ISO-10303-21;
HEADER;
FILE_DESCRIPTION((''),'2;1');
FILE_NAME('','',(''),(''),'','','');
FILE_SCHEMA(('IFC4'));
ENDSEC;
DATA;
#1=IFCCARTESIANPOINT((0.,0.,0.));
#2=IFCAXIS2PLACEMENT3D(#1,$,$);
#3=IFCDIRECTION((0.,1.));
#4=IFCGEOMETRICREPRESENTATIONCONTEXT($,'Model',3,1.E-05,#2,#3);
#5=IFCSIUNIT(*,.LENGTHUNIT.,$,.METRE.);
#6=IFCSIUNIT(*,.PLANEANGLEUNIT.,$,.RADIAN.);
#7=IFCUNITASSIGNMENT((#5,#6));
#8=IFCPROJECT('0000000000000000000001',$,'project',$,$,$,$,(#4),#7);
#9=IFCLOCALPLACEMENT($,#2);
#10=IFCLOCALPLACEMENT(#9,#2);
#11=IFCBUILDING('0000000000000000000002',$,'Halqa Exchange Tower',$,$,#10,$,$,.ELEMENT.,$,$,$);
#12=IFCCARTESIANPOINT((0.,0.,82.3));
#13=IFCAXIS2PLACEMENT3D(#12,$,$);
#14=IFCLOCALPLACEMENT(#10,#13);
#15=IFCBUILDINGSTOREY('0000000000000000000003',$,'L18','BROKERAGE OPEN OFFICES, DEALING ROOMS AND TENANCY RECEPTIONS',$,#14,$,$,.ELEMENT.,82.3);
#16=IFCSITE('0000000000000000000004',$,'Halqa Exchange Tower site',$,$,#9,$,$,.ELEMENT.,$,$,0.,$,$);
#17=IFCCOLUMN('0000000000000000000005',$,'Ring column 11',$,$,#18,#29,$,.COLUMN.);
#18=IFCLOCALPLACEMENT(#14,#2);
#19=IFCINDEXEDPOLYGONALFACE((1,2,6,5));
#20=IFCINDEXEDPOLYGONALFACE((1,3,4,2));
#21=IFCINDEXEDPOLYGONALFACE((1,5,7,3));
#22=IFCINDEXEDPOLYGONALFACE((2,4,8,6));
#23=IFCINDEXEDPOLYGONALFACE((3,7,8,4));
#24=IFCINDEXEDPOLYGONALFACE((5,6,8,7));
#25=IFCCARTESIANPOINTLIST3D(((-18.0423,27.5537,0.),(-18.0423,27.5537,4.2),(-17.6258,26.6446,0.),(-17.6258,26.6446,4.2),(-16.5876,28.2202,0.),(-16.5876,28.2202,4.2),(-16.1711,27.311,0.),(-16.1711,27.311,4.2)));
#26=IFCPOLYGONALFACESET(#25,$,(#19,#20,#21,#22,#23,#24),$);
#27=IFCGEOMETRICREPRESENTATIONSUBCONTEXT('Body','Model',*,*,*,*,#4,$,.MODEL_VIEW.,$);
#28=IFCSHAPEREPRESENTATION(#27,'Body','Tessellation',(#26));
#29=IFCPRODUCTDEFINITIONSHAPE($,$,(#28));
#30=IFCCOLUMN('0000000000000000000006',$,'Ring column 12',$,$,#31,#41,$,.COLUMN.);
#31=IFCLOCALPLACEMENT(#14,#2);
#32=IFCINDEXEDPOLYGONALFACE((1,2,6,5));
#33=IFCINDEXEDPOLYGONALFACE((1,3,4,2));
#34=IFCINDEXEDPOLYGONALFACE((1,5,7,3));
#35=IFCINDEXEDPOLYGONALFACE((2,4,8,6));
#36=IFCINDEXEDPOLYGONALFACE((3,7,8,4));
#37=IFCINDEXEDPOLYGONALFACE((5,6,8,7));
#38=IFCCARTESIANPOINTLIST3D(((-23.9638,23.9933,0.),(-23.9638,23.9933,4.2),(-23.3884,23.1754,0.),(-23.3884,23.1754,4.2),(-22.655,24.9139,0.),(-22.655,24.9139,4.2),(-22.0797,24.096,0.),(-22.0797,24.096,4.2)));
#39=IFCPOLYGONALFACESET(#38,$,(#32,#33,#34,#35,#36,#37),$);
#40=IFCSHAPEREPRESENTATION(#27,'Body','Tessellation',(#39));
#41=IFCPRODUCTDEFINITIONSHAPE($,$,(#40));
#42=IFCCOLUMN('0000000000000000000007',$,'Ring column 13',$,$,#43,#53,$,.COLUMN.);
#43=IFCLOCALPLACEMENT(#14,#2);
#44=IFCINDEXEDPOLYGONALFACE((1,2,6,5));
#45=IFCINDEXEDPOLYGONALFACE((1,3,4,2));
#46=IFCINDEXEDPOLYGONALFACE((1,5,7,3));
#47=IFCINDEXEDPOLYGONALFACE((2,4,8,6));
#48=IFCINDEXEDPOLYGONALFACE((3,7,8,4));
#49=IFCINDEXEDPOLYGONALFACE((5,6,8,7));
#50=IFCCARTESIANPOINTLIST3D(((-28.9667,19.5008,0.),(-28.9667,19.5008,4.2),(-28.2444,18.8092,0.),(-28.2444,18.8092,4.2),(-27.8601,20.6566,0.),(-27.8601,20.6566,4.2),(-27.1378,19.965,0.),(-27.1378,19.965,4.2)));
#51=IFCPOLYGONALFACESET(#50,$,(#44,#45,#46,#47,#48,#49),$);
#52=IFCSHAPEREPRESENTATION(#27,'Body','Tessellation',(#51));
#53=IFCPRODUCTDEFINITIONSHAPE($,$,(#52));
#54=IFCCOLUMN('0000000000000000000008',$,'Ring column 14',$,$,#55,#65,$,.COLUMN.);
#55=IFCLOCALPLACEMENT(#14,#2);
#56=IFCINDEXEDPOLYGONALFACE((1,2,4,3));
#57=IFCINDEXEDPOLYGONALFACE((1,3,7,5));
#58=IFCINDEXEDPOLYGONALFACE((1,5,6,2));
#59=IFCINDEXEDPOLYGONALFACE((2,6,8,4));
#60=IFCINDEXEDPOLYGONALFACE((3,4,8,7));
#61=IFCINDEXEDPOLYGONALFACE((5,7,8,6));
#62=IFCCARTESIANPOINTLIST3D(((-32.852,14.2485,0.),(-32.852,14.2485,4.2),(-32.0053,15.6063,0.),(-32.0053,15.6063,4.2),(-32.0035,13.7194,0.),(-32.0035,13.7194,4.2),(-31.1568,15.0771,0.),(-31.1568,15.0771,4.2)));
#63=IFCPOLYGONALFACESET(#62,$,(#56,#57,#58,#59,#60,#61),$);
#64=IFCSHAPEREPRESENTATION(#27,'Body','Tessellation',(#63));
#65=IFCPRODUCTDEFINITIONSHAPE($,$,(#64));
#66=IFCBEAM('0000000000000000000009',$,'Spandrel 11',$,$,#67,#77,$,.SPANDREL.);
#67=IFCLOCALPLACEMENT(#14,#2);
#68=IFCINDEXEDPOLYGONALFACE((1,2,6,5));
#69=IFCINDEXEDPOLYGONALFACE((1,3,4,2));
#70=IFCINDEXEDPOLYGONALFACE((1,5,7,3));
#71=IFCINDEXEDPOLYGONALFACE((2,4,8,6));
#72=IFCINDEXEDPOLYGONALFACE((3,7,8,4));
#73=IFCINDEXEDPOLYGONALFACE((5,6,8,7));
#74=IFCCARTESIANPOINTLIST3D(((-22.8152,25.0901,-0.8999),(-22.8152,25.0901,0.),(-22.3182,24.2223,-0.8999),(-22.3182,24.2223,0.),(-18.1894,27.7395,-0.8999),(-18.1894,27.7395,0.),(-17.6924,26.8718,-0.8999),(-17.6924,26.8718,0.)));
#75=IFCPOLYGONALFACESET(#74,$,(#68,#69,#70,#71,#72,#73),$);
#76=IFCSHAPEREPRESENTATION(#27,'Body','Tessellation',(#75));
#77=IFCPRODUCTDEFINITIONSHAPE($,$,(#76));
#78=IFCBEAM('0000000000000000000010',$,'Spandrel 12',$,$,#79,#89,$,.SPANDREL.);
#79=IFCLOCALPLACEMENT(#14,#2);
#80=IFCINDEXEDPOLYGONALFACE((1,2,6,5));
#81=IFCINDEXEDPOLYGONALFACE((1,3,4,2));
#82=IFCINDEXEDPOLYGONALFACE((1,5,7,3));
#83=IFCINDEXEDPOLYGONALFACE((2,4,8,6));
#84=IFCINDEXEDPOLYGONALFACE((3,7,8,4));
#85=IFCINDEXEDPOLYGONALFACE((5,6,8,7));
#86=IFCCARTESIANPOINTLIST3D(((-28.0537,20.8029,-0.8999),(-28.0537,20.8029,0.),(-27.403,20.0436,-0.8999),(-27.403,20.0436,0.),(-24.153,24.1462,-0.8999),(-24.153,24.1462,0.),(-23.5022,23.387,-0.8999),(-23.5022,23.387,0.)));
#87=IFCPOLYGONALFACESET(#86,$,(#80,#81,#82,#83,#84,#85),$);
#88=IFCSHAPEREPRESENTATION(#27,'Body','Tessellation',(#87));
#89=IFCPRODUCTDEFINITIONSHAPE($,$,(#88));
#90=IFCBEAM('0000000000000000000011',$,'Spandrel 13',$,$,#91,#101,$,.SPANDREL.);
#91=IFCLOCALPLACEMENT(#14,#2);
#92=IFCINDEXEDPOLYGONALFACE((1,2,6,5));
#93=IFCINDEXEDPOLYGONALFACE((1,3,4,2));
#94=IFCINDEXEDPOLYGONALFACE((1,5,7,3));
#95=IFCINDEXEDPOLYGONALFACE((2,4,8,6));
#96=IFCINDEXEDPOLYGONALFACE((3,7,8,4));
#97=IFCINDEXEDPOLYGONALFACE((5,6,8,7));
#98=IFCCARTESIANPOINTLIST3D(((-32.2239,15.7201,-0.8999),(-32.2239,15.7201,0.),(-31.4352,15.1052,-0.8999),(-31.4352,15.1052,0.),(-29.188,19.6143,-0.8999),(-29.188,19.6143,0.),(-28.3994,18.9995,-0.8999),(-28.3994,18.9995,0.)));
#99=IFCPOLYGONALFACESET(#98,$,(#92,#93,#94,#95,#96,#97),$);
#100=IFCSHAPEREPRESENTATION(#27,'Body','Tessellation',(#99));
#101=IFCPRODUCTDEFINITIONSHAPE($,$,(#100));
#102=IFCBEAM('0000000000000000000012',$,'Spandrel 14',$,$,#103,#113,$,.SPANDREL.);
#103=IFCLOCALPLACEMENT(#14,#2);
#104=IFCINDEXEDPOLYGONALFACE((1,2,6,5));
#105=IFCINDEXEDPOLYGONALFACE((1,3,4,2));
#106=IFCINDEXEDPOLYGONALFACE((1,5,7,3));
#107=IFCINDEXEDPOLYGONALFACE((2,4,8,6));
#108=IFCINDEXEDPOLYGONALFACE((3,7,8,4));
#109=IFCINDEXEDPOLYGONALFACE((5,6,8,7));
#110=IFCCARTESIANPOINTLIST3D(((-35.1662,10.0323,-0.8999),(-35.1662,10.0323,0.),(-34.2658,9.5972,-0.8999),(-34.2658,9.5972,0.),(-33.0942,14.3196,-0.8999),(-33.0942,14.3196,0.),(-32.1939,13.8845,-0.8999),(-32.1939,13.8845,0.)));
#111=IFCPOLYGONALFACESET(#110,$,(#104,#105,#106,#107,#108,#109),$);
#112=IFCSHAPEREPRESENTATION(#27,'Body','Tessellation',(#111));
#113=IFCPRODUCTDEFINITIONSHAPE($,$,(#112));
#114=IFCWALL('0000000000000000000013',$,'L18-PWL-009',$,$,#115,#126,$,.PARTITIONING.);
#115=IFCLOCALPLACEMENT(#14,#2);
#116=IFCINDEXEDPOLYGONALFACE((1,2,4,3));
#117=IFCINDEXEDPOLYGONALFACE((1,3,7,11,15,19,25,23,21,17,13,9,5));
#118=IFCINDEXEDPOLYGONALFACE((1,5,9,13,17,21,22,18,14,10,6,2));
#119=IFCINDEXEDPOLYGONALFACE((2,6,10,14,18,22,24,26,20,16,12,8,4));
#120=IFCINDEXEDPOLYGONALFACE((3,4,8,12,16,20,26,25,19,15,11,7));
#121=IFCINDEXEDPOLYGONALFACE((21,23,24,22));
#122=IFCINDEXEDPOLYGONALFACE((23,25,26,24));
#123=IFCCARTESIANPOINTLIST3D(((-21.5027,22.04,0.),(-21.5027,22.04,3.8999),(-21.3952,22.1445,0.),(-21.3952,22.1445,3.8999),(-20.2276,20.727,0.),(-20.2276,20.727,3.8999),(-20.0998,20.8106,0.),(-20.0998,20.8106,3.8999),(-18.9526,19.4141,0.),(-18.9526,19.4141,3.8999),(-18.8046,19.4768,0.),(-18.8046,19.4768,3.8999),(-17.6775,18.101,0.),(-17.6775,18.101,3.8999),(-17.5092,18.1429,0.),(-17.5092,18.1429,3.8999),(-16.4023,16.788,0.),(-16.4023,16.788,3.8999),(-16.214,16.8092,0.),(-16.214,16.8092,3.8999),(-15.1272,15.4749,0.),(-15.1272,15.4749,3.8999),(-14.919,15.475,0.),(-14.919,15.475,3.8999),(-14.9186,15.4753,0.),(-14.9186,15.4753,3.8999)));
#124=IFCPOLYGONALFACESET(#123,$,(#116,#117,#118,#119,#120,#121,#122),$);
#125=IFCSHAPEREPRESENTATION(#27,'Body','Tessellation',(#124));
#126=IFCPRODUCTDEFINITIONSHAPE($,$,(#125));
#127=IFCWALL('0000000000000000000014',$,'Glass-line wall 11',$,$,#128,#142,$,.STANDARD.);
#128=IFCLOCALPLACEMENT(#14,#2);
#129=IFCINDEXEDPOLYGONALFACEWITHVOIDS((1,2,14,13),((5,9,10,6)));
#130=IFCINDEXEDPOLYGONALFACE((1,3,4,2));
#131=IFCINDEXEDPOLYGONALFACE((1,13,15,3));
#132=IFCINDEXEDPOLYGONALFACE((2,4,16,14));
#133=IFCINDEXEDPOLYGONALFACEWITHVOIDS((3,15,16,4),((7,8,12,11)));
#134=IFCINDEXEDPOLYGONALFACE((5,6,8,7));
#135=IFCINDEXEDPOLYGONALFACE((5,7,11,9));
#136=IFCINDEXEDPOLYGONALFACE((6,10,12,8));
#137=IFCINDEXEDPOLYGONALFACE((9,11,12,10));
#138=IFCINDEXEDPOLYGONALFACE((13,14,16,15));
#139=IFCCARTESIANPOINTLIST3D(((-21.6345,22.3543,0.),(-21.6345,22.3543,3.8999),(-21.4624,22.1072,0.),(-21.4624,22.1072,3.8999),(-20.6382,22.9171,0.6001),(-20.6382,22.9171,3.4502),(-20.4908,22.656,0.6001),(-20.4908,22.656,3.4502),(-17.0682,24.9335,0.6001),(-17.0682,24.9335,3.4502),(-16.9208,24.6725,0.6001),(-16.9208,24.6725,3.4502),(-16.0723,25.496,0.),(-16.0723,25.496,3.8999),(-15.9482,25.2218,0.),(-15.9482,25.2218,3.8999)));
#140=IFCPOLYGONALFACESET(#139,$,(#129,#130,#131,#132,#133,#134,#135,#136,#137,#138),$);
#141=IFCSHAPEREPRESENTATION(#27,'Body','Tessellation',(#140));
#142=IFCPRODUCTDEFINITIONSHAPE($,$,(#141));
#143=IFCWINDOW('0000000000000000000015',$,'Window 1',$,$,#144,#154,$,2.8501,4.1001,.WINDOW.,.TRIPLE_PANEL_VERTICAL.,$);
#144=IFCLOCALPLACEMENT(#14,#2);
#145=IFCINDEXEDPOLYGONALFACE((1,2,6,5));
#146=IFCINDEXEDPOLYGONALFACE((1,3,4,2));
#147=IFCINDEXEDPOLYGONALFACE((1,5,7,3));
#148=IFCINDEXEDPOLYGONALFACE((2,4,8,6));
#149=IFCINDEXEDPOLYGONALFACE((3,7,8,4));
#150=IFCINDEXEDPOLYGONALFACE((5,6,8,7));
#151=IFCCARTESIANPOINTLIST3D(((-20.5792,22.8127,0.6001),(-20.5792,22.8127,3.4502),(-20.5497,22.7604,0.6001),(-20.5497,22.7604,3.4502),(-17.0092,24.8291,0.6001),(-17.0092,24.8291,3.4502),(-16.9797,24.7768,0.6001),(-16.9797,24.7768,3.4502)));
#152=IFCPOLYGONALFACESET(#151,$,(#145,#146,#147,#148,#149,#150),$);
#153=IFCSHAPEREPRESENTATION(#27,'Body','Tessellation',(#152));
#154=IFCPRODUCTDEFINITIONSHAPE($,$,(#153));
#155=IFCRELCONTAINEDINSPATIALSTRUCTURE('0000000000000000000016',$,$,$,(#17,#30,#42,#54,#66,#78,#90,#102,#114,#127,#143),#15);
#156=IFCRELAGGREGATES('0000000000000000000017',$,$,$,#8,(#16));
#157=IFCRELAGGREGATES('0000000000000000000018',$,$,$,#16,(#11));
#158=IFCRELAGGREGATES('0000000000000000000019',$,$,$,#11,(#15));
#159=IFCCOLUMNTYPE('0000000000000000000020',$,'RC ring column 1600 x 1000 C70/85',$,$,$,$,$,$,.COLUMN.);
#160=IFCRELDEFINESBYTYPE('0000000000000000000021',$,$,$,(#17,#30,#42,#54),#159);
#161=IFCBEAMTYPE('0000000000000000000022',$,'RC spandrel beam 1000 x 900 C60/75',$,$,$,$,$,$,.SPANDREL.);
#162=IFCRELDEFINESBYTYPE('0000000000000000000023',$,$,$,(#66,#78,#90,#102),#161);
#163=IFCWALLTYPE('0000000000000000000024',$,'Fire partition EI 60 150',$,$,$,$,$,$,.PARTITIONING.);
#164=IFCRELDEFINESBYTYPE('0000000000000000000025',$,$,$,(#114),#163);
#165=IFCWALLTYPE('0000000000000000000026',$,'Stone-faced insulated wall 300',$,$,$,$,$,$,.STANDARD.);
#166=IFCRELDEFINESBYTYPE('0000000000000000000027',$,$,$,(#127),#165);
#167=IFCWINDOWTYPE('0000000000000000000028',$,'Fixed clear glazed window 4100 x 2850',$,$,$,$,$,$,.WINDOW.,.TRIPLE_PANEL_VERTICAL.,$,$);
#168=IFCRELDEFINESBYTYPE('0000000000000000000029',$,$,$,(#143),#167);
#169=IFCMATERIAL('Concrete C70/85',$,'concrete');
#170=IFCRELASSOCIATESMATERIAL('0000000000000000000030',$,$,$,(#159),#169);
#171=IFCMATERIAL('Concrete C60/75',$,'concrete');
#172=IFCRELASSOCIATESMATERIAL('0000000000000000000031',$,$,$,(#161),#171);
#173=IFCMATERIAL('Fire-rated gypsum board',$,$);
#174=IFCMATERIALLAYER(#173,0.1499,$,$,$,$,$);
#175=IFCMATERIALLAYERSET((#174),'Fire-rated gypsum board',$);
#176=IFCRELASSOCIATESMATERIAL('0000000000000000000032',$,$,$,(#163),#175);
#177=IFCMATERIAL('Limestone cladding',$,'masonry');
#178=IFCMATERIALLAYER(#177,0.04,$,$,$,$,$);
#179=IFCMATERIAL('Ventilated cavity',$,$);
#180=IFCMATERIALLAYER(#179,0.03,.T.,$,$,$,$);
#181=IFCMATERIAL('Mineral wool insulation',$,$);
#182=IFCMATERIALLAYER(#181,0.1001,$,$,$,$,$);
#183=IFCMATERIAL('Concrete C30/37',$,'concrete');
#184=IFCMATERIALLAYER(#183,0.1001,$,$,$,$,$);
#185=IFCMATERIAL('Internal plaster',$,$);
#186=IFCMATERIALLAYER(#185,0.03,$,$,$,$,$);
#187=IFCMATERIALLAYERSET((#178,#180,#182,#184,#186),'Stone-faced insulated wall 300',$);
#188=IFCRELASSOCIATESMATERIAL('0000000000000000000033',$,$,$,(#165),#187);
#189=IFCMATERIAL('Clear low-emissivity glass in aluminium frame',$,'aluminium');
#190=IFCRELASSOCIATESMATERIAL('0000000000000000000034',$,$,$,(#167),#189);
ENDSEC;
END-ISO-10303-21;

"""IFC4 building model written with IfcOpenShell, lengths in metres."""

from ifc_helpers import new_model, si_unit, direction, frame, frame_2d, origin, origin_2d, place, context, subcontext, project, spatial, polyline, rectangle, outline, extrude, material, layer, layer_set, material_profile, profile_set, type_object, element, fill, save


model = new_model("IFC4")

# Units and contexts
model_context = context("Model", 3, precision=1e-05, world=origin(), true_north=direction((0.0, 1.0)))
body_context = subcontext(model_context, "Body", "Model", "MODEL_VIEW")
ifc_project = project(units=[si_unit("LENGTHUNIT", "METRE"), si_unit("PLANEANGLEUNIT", "RADIAN")], contexts=[model_context])

# Site, building, storey
site_placement = place(None, origin())
site = spatial("IfcSite", under=ifc_project, at=site_placement, Name="Halqa Exchange Tower site", CompositionType="ELEMENT", RefElevation=0.0)
building_placement = place(site_placement, origin())
building = spatial("IfcBuilding", under=site, at=building_placement, Name="Halqa Exchange Tower", CompositionType="ELEMENT")
storey_placement = place(building_placement, frame((0.0, 0.0, 82.3)))
storey = spatial("IfcBuildingStorey", under=building, at=storey_placement, Name="L18", Description="BROKERAGE OPEN OFFICES, DEALING ROOMS AND TENANCY RECEPTIONS", CompositionType="ELEMENT", Elevation=82.3)

# Columns
ifc_material_1 = material(Name="Concrete C70/85", Category="concrete")
ifc_material_profile_1 = material_profile(ifc_material_1, rectangle(XDim=1.6001, YDim=1.0, at=origin_2d()), Name="1600 x 1000")
ifc_profile_set_1 = profile_set([ifc_material_profile_1], Name="Concrete C70/85")
column_type = type_object("IfcColumnType", Name="RC ring column 1600 x 1000 C70/85", PredefinedType="COLUMN", material=ifc_profile_set_1)
for number, where, z_axis, x_axis, name in (
    (1, (-17.1067, 27.4324, 0.0), (0.0, 0.0, 1.0), (-0.909126, -0.41652, 0.0), "Ring column 11"),
    (2, (-23.0217, 24.0447, 0.0), (0.0, 0.0, 1.0), (-0.817909, -0.575348, 0.0), "Ring column 12"),
    (3, (-28.0522, 19.7329, 0.0), (0.0, 0.0, 1.0), (-0.691576, -0.722304, 0.0), "Ring column 13"),
    (4, (-32.0044, 14.6628, 0.0), (0.0, 0.0, 1.0), (-0.52914, -0.848534, 0.0), "Ring column 14"),
):
    element("IfcColumn", number, at=place(storey_placement, frame(where, z_axis=z_axis, x_axis=x_axis)), inside=storey, type_object=column_type, Name=name, PredefinedType="COLUMN", context=body_context, shape_type="SweptSolid", body=[
        extrude(rectangle(XDim=1.6001, YDim=1.0, at=origin_2d()), origin(), (0.0, 0.0, 1.0), 4.2),
    ])

# Beams
ifc_material_2 = material(Name="Concrete C60/75", Category="concrete")
ifc_material_profile_2 = material_profile(ifc_material_2, rectangle(XDim=1.0, YDim=0.8999, at=origin_2d()), Name="1000 x 900")
ifc_profile_set_2 = profile_set([ifc_material_profile_2], Name="Concrete C60/75")
beam_type = type_object("IfcBeamType", Name="RC spandrel beam 1000 x 900 C60/75", PredefinedType="SPANDREL", material=ifc_profile_set_2)
beam_1_placement = place(storey_placement, frame((-17.9409, 27.3057, -0.45), z_axis=(-0.867747, -0.497007, 0.0), x_axis=(0.497007, -0.867747, 0.0)))
element("IfcBeam", 5, at=beam_1_placement, inside=storey, type_object=beam_type, Name="Spandrel 11", PredefinedType="SPANDREL", context=body_context, shape_type="SweptSolid", body=[
    extrude(rectangle(XDim=1.0, YDim=0.8999, at=origin_2d()), origin(), (0.0, 0.0, 1.0), 5.3308),
])
beam_2_placement = place(storey_placement, frame((-23.8276, 23.7666, -0.45), z_axis=(-0.75927, -0.650776, 0.0), x_axis=(0.650776, -0.75927, 0.0)))
element("IfcBeam", 6, at=beam_2_placement, inside=storey, type_object=beam_type, Name="Spandrel 12", PredefinedType="SPANDREL", context=body_context, shape_type="SweptSolid", body=[
    extrude(rectangle(XDim=1.0, YDim=0.8999, at=origin_2d()), origin(), (0.0, 0.0, 1.0), 5.1375),
])
beam_3_placement = place(storey_placement, frame((-28.7937, 19.3069, -0.45), z_axis=(-0.614823, -0.788665, 0.0), x_axis=(0.788665, -0.614823, 0.0)))
element("IfcBeam", 7, at=beam_3_placement, inside=storey, type_object=beam_type, Name="Spandrel 13", PredefinedType="SPANDREL", context=body_context, shape_type="SweptSolid", body=[
    extrude(rectangle(XDim=1.0, YDim=0.8999, at=origin_2d()), origin(), (0.0, 0.0, 1.0), 4.9377),
])
beam_4_placement = place(storey_placement, frame((-32.644, 14.1021, -0.45), z_axis=(-0.435135, -0.900365, 0.0), x_axis=(0.900365, -0.435135, 0.0)))
element("IfcBeam", 8, at=beam_4_placement, inside=storey, type_object=beam_type, Name="Spandrel 14", PredefinedType="SPANDREL", context=body_context, shape_type="SweptSolid", body=[
    extrude(rectangle(XDim=1.0, YDim=0.8999, at=origin_2d()), origin(), (0.0, 0.0, 1.0), 4.7617),
])

# Shared definitions
ifc_material_3 = material(Name="Fire-rated gypsum board")
ifc_layer_1 = layer(ifc_material_3, 0.1499)
ifc_layer_set_1 = layer_set([ifc_layer_1], Name="Fire-rated gypsum board")
wall_type_1 = type_object("IfcWallType", Name="Fire partition EI 60 150", PredefinedType="PARTITIONING", material=ifc_layer_set_1)

# Wall
wall_1_placement = place(storey_placement, frame((-14.9724, 15.4231, 0.0), z_axis=(0.0, 0.0, 1.0), x_axis=(-0.696671, 0.717391, 0.0)))
element("IfcWall", 9, at=wall_1_placement, inside=storey, type_object=wall_type_1, Name="L18-PWL-009", PredefinedType="PARTITIONING", context=body_context, shape_type="SweptSolid", body=[
    extrude(outline(polyline([(9.2964, 0.075), (7.4661, 0.075), (5.636, 0.075), (3.8057, 0.075), (1.9753, 0.075), (0.145, 0.075), (0.0, -0.0745), (0.0, -0.075), (1.8594, -0.075), (3.7185, -0.075), (5.5779, -0.075), (7.437, -0.075), (9.2964, -0.075), (9.2964, 0.075)])), origin(), (0.0, 0.0, 1.0), 3.8999),
])

# Wall, opening, window
ifc_material_4 = material(Name="Limestone cladding", Category="masonry")
ifc_layer_2 = layer(ifc_material_4, 0.04)
ifc_material_5 = material(Name="Ventilated cavity")
ifc_layer_3 = layer(ifc_material_5, 0.03, ventilated=True)
ifc_material_6 = material(Name="Mineral wool insulation")
ifc_layer_4 = layer(ifc_material_6, 0.1001)
ifc_material_7 = material(Name="Concrete C30/37", Category="concrete")
ifc_layer_5 = layer(ifc_material_7, 0.1001)
ifc_material_8 = material(Name="Internal plaster")
ifc_layer_6 = layer(ifc_material_8, 0.03)
ifc_layer_set_2 = layer_set([ifc_layer_2, ifc_layer_3, ifc_layer_4, ifc_layer_5, ifc_layer_6], Name="Stone-faced insulated wall 300")
wall_type_2 = type_object("IfcWallType", Name="Stone-faced insulated wall 300", PredefinedType="STANDARD", material=ifc_layer_set_2)
wall_2_placement = place(storey_placement, frame((-16.0103, 25.3589, 0.0), z_axis=(0.0, 0.0, 1.0), x_axis=(-0.87071, -0.491797, 0.0)))
wall_2 = element("IfcWall", 10, at=wall_2_placement, inside=storey, type_object=wall_type_2, Name="Glass-line wall 11", PredefinedType="STANDARD", context=body_context, shape_type="SweptSolid", body=[
    extrude(outline(polyline([(-0.0134, -0.1499), (6.3748, -0.1499), (6.3464, 0.1499), (0.0134, 0.1499), (-0.0134, -0.1499)])), origin(), (0.0, 0.0, 1.0), 3.8999),
])
opening_1_placement = place(wall_2_placement, frame((1.1304, 0.0, 0.6001)))
opening_1 = element("IfcOpeningElement", 11, at=opening_1_placement, cuts=wall_2, PredefinedType="OPENING", context=body_context, shape_type="SweptSolid", body=[
    extrude(rectangle(XDim=4.1001, YDim=2.8501, at=frame_2d((2.05, 1.425))), frame((0.0, 0.1621, 0.0), z_axis=(0.0, -1.0, 0.0), x_axis=(1.0, 0.0, 0.0)), (0.0, 0.0, 1.0), 0.324),
])
ifc_material_9 = material(Name="Clear low-emissivity glass in aluminium frame", Category="aluminium")
window_type = type_object("IfcWindowType", Name="Fixed clear glazed window 4100 x 2850", PartitioningType="TRIPLE_PANEL_VERTICAL", PredefinedType="WINDOW", material=ifc_material_9)
window_1_placement = place(opening_1_placement, origin())
window_1 = element("IfcWindow", 12, at=window_1_placement, inside=storey, type_object=window_type, Name="Window 1", OverallHeight=2.8501, OverallWidth=4.1001, PartitioningType="TRIPLE_PANEL_VERTICAL", PredefinedType="WINDOW", context=body_context, shape_type="SweptSolid", body=[
    extrude(rectangle(XDim=4.1001, YDim=2.8501, at=frame_2d((2.05, 1.425))), frame((0.0, 0.03, 0.0), z_axis=(0.0, -1.0, 0.0), x_axis=(1.0, 0.0, 0.0)), (0.0, 0.0, 1.0), 0.0601),
])
fill(opening_1, window_1)

save(model, "model.ifc")
